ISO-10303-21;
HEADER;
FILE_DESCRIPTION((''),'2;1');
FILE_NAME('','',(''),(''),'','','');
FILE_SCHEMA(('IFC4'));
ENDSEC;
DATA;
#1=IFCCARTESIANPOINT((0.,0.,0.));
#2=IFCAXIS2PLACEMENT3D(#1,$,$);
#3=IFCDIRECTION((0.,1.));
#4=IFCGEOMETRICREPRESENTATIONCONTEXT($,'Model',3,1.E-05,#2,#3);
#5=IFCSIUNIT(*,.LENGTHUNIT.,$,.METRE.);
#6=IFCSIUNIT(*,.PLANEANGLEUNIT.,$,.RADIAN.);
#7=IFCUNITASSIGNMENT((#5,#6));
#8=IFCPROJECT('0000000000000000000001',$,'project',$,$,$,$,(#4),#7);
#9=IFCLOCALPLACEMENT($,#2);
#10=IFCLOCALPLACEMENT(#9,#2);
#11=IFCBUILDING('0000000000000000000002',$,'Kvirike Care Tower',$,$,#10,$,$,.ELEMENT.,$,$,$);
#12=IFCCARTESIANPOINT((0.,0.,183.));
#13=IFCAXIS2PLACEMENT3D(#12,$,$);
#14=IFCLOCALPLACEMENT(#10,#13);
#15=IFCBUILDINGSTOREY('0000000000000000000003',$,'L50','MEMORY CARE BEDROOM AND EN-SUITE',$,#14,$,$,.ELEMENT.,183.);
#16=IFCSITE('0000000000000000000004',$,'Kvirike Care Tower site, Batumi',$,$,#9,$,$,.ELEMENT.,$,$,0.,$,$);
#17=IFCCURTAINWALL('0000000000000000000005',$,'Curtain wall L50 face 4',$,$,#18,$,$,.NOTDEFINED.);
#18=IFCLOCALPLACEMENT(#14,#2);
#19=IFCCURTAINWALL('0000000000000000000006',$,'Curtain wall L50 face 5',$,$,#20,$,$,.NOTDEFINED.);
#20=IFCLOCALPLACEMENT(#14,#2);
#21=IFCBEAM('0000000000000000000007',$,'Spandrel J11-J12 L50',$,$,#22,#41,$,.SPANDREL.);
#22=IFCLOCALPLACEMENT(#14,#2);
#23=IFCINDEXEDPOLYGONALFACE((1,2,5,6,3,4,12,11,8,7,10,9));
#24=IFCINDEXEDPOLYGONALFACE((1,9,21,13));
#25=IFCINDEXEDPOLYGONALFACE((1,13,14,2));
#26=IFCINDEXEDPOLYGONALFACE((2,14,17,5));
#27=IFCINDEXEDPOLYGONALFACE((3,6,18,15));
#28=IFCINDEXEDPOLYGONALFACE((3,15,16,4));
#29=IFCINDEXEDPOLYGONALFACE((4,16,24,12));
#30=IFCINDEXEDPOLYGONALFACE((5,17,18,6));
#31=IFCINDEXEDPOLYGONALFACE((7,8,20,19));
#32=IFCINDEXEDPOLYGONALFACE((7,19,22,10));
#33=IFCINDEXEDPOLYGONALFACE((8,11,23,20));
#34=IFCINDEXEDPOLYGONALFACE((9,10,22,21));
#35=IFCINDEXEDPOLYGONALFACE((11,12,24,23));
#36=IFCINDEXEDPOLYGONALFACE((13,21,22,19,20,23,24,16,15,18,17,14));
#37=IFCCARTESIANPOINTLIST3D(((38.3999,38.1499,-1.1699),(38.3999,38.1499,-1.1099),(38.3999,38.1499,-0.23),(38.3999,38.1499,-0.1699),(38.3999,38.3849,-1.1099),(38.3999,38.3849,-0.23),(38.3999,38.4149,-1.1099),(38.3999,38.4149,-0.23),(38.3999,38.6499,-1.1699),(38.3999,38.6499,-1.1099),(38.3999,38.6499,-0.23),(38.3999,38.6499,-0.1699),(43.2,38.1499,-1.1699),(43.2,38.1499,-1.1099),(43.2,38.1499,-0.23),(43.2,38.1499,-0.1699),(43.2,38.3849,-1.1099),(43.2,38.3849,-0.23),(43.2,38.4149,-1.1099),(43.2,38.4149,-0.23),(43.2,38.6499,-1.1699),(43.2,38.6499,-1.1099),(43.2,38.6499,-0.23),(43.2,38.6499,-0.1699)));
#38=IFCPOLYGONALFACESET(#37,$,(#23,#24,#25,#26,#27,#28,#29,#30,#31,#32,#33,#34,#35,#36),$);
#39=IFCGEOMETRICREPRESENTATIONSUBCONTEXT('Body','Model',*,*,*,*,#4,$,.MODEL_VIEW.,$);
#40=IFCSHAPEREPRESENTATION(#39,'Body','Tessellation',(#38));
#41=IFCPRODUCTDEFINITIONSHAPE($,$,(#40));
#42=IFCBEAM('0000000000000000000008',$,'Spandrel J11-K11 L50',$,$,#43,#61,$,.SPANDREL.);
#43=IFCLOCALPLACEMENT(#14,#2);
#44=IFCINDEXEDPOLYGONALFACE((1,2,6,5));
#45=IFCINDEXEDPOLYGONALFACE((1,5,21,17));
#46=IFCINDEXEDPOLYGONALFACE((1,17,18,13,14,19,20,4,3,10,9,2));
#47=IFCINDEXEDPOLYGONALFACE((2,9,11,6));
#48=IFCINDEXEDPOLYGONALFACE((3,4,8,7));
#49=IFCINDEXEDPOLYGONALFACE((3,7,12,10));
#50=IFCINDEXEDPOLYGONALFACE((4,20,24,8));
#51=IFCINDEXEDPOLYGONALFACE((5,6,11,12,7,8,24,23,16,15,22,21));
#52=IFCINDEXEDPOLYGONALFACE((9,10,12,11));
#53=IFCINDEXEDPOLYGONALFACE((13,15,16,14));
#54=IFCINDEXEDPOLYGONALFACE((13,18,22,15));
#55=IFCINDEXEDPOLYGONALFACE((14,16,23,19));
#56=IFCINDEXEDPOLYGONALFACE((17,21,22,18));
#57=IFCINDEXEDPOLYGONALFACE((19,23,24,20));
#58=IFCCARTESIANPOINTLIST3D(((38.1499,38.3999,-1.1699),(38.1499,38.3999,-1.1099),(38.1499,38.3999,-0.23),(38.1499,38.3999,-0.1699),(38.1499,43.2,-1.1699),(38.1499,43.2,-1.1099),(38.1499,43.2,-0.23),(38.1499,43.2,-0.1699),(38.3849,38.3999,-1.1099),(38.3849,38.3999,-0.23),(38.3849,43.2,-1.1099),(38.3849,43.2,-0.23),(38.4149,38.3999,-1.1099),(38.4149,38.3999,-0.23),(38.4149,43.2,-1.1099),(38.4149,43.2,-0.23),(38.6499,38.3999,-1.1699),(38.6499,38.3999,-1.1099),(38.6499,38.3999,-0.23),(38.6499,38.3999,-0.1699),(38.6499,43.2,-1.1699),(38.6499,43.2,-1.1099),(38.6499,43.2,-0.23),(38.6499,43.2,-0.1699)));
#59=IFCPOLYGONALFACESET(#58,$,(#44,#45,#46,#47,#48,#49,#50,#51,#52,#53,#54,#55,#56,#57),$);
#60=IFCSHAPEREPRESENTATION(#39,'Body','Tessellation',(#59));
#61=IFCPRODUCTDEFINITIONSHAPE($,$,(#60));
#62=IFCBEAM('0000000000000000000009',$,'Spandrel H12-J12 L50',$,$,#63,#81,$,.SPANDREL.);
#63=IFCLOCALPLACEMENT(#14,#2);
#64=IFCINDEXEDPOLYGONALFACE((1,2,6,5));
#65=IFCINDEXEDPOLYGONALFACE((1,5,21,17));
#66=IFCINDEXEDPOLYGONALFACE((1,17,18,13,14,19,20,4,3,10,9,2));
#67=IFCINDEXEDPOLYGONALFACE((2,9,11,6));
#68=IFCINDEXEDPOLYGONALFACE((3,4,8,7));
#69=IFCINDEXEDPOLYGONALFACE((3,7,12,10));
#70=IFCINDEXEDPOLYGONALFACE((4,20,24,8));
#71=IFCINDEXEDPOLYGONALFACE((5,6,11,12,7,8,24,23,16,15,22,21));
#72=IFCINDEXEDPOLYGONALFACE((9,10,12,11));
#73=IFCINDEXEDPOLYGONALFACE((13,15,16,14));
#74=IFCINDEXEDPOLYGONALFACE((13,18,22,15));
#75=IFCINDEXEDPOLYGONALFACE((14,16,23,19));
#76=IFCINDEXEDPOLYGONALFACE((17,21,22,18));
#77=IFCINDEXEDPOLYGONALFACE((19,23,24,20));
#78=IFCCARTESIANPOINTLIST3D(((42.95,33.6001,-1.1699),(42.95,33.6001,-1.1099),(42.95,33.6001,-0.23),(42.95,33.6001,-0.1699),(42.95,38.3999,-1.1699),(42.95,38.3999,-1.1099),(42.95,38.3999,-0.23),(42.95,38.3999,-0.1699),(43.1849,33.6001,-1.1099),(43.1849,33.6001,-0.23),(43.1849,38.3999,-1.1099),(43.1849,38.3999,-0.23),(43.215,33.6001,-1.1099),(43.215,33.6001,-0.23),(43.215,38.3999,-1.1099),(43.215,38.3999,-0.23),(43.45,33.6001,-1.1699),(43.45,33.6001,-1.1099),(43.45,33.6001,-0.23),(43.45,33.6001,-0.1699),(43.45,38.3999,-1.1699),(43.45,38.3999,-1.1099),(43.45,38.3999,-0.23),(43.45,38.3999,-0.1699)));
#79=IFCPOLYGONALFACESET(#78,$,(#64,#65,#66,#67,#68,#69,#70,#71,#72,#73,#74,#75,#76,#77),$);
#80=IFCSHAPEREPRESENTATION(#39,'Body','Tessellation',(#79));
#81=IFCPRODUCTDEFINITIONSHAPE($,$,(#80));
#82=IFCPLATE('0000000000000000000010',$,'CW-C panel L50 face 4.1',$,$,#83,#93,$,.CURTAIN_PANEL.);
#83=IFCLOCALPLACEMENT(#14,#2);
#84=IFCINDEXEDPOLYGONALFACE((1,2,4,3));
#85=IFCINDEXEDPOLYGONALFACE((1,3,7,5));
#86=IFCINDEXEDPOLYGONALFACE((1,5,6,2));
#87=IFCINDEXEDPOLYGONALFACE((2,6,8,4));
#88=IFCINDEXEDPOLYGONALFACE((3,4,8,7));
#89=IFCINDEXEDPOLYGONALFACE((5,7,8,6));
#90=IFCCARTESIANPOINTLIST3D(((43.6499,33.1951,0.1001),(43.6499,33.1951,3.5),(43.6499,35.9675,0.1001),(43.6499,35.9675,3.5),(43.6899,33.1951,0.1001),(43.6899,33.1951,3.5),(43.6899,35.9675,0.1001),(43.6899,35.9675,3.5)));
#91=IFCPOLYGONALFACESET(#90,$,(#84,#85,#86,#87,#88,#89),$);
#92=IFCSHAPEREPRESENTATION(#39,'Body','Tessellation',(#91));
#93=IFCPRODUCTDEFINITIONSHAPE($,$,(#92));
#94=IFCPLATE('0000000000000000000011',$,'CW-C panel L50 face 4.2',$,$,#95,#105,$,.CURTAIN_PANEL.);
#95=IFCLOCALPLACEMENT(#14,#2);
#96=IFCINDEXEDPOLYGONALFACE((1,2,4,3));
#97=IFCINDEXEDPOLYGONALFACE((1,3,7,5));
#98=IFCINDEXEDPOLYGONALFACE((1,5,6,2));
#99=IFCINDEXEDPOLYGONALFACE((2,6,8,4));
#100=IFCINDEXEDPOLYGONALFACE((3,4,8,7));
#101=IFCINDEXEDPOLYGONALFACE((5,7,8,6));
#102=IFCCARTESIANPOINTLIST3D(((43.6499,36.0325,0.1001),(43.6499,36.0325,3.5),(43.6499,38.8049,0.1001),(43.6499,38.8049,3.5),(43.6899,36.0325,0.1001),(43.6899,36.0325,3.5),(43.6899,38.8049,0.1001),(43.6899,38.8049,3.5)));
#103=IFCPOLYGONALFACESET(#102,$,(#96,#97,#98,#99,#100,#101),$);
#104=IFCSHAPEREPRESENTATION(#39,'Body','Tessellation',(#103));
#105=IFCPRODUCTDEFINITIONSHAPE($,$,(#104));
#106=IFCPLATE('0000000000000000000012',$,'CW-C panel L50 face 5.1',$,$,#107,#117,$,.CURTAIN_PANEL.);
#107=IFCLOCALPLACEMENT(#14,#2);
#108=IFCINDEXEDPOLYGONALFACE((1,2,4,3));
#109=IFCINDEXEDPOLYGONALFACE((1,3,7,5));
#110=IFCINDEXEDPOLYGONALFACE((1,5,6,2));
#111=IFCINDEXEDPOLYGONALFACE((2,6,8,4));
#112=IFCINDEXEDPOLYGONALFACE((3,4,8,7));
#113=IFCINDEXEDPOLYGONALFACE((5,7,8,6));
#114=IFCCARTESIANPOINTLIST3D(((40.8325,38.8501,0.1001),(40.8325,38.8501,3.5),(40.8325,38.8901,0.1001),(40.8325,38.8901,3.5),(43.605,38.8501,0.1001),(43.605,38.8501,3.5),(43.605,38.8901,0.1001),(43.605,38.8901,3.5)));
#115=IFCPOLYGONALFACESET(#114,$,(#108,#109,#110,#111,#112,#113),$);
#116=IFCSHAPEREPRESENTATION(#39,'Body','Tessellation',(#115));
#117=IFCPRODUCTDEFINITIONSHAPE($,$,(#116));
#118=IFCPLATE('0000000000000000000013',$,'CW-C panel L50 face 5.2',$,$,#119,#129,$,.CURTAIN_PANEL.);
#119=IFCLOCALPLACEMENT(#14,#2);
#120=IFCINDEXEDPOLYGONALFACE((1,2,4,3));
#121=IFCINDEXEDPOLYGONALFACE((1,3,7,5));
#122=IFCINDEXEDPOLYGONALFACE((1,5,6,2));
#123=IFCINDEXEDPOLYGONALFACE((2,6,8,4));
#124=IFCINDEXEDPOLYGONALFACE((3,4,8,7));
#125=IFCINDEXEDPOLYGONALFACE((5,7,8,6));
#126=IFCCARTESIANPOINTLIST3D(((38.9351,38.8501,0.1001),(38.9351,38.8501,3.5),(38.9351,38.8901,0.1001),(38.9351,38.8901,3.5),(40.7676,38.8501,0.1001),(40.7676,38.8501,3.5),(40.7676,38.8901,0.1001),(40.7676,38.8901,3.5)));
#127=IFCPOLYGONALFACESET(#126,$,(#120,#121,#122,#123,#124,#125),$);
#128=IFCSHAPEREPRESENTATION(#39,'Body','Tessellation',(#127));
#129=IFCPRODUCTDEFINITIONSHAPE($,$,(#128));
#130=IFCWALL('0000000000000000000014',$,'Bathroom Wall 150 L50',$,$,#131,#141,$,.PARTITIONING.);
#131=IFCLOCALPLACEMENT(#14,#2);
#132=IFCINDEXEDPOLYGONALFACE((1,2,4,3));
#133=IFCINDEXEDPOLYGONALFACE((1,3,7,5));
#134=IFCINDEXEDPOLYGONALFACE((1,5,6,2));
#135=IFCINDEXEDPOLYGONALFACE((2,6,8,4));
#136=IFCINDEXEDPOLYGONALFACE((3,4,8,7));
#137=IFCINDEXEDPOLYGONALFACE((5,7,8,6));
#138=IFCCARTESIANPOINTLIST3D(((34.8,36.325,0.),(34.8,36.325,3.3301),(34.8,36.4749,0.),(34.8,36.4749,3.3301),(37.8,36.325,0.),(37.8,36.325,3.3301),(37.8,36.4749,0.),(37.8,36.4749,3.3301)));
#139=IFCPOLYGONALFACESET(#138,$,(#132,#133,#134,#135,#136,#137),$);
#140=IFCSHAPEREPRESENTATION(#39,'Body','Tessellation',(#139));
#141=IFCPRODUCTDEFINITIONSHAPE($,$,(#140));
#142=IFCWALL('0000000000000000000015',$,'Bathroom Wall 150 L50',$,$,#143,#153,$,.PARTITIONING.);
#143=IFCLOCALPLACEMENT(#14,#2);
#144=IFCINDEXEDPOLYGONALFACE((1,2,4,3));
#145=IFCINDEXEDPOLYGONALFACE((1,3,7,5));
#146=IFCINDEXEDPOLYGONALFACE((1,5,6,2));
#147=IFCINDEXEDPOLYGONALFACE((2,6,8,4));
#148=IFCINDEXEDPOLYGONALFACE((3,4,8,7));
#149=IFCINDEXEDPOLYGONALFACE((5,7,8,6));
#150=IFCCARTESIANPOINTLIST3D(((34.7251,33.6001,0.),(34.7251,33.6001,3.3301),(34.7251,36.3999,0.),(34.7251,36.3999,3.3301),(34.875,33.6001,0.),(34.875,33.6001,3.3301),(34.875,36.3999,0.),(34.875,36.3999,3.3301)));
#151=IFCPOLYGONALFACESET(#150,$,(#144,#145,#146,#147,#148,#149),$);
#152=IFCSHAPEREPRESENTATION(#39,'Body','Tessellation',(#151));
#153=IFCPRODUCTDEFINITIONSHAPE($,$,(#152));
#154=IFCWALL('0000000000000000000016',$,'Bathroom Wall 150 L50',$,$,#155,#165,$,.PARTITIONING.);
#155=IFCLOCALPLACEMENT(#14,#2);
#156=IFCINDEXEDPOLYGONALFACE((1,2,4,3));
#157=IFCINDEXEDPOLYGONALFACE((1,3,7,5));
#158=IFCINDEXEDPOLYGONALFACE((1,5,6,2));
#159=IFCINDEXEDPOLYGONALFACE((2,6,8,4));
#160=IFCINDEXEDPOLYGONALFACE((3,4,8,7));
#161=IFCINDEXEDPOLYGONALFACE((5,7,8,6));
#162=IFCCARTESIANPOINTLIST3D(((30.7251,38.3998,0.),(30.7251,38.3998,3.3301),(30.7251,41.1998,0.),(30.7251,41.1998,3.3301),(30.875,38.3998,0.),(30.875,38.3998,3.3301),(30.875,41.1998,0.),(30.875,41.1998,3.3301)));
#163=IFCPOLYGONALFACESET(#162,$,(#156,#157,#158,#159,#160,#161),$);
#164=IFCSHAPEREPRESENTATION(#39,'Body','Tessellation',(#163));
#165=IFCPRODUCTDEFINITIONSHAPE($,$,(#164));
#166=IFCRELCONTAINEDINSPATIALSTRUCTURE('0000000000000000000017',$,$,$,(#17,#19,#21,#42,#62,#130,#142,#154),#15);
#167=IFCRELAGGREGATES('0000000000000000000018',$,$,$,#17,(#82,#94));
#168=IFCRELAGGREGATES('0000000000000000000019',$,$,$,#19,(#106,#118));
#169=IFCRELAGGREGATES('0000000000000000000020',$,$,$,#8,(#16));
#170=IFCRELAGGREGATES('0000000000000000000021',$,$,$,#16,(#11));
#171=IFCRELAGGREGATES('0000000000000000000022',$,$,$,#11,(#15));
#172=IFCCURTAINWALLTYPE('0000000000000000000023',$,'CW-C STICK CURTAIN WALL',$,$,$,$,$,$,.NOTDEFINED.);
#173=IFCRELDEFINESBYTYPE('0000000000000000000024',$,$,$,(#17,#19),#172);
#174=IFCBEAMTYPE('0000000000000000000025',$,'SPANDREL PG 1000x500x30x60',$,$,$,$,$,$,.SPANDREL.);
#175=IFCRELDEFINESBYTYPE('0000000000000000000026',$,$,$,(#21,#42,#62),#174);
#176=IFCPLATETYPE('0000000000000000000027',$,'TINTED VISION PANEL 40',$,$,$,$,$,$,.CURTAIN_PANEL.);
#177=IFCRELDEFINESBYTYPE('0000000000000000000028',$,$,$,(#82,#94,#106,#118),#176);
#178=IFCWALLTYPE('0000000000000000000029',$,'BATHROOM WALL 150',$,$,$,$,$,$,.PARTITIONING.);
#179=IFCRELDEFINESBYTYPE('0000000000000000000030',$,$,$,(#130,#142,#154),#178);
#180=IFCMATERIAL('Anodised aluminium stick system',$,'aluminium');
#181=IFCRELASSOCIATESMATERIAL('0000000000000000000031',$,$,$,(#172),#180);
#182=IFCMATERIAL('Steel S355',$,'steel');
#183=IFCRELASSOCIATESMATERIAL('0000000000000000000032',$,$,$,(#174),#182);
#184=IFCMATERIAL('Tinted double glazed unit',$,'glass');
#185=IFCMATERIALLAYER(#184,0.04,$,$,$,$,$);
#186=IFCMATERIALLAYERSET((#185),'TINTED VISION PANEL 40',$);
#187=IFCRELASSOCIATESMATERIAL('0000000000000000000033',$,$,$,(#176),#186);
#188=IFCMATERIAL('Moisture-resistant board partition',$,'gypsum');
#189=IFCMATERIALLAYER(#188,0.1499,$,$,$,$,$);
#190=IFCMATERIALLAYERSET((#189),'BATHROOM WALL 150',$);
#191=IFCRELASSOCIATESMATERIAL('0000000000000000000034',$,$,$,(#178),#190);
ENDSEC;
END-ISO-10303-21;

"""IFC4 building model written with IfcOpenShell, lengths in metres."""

from ifc_helpers import new_model, si_unit, direction, frame, frame_2d, origin, origin_2d, place, context, subcontext, project, spatial, rectangle, i_section, extrude, material, layer, layer_set, material_profile, profile_set, type_object, element, aggregate, save


model = new_model("IFC4")

# Units and contexts
model_context = context("Model", 3, precision=1e-05, world=origin(), true_north=direction((0.0, 1.0)))
body_context = subcontext(model_context, "Body", "Model", "MODEL_VIEW")
ifc_project = project(units=[si_unit("LENGTHUNIT", "METRE"), si_unit("PLANEANGLEUNIT", "RADIAN")], contexts=[model_context])

# Site, building, storey
site_placement = place(None, origin())
site = spatial("IfcSite", under=ifc_project, at=site_placement, Name="Kvirike Care Tower site, Batumi", CompositionType="ELEMENT", RefElevation=0.0)
building_placement = place(site_placement, origin())
building = spatial("IfcBuilding", under=site, at=building_placement, Name="Kvirike Care Tower", CompositionType="ELEMENT")
storey_placement = place(building_placement, frame((0.0, 0.0, 183.0)))
storey = spatial("IfcBuildingStorey", under=building, at=storey_placement, Name="L50", Description="MEMORY CARE BEDROOM AND EN-SUITE", CompositionType="ELEMENT", Elevation=183.0)

# Curtain walls
ifc_material_1 = material(Name="Anodised aluminium stick system", Category="aluminium")
curtain_wall_type = type_object("IfcCurtainWallType", Name="CW-C STICK CURTAIN WALL", PredefinedType="NOTDEFINED", material=ifc_material_1)
curtain_wall_1_placement = place(storey_placement, origin())
curtain_wall_1 = element("IfcCurtainWall", 1, at=curtain_wall_1_placement, inside=storey, type_object=curtain_wall_type, Name="Curtain wall L50 face 4", PredefinedType="NOTDEFINED")
curtain_wall_2_placement = place(storey_placement, origin())
curtain_wall_2 = element("IfcCurtainWall", 2, at=curtain_wall_2_placement, inside=storey, type_object=curtain_wall_type, Name="Curtain wall L50 face 5", PredefinedType="NOTDEFINED")

# Beams
ifc_material_2 = material(Name="Steel S355", Category="steel")
ifc_material_profile_1 = material_profile(ifc_material_2, i_section(OverallWidth=0.5, OverallDepth=1.0, WebThickness=0.03, FlangeThickness=0.0601, at=origin_2d()), Name="PG 1000x500x30x60")
ifc_profile_set_1 = profile_set([ifc_material_profile_1], Name="Steel S355")
beam_type = type_object("IfcBeamType", Name="SPANDREL PG 1000x500x30x60", PredefinedType="SPANDREL", material=ifc_profile_set_1)
for number, where, z_axis, x_axis, name in (
    (3, (38.3999, 38.3999, -0.6699), (1.0, 0.0, 0.0), (0.0, 1.0, 0.0), "Spandrel J11-J12 L50"),
    (4, (38.3999, 38.3999, -0.6699), (0.0, 1.0, 0.0), (-1.0, 0.0, 0.0), "Spandrel J11-K11 L50"),
):
    element("IfcBeam", number, at=place(storey_placement, frame(where, z_axis=z_axis, x_axis=x_axis)), inside=storey, type_object=beam_type, Name=name, PredefinedType="SPANDREL", context=body_context, shape_type="SweptSolid", body=[
        extrude(i_section(OverallWidth=0.5, OverallDepth=1.0, WebThickness=0.03, FlangeThickness=0.0601, at=origin_2d()), origin(), (0.0, 0.0, 1.0), 4.8),
    ])
beam_placement = place(storey_placement, frame((43.2, 33.6001, -0.6699), z_axis=(0.0, 1.0, 0.0), x_axis=(-1.0, 0.0, 0.0)))
element("IfcBeam", 5, at=beam_placement, inside=storey, type_object=beam_type, Name="Spandrel H12-J12 L50", PredefinedType="SPANDREL", context=body_context, shape_type="SweptSolid", body=[
    extrude(i_section(OverallWidth=0.5, OverallDepth=1.0, WebThickness=0.03, FlangeThickness=0.0601, at=origin_2d()), origin(), (0.0, 0.0, 1.0), 4.7998),
])

# Plates
ifc_material_3 = material(Name="Tinted double glazed unit", Category="glass")
ifc_layer_1 = layer(ifc_material_3, 0.04)
ifc_layer_set_1 = layer_set([ifc_layer_1], Name="TINTED VISION PANEL 40")
plate_type = type_object("IfcPlateType", Name="TINTED VISION PANEL 40", PredefinedType="CURTAIN_PANEL", material=ifc_layer_set_1)
plate_1_placement = place(storey_placement, frame((43.6699, 34.5813, 0.1001), z_axis=(0.0, 0.0, 1.0), x_axis=(0.0, 1.0, 0.0)))
plate_1 = element("IfcPlate", 6, at=plate_1_placement, type_object=plate_type, Name="CW-C panel L50 face 4.1", PredefinedType="CURTAIN_PANEL", context=body_context, shape_type="SweptSolid", body=[
    extrude(rectangle(XDim=2.7725, YDim=0.04, at=origin_2d()), origin(), (0.0, 0.0, 1.0), 3.3999),
])
plate_2_placement = place(storey_placement, frame((43.6699, 37.4187, 0.1001), z_axis=(0.0, 0.0, 1.0), x_axis=(0.0, 1.0, 0.0)))
plate_2 = element("IfcPlate", 7, at=plate_2_placement, type_object=plate_type, Name="CW-C panel L50 face 4.2", PredefinedType="CURTAIN_PANEL", context=body_context, shape_type="SweptSolid", body=[
    extrude(rectangle(XDim=2.7725, YDim=0.04, at=origin_2d()), origin(), (0.0, 0.0, 1.0), 3.3999),
])
aggregate(curtain_wall_1, [plate_1, plate_2])
plate_3_placement = place(storey_placement, frame((42.2188, 38.8701, 0.1001), z_axis=(0.0, 0.0, 1.0), x_axis=(-1.0, 0.0, 0.0)))
plate_3 = element("IfcPlate", 8, at=plate_3_placement, type_object=plate_type, Name="CW-C panel L50 face 5.1", PredefinedType="CURTAIN_PANEL", context=body_context, shape_type="SweptSolid", body=[
    extrude(rectangle(XDim=2.7725, YDim=0.04, at=origin_2d()), origin(), (0.0, 0.0, 1.0), 3.3999),
])
plate_4_placement = place(storey_placement, frame((39.8513, 38.8701, 0.1001), z_axis=(0.0, 0.0, 1.0), x_axis=(-1.0, 0.0, 0.0)))
plate_4 = element("IfcPlate", 9, at=plate_4_placement, type_object=plate_type, Name="CW-C panel L50 face 5.2", PredefinedType="CURTAIN_PANEL", context=body_context, shape_type="SweptSolid", body=[
    extrude(rectangle(XDim=1.8325, YDim=0.04, at=origin_2d()), origin(), (0.0, 0.0, 1.0), 3.3999),
])
aggregate(curtain_wall_2, [plate_3, plate_4])

# Walls
ifc_material_4 = material(Name="Moisture-resistant board partition", Category="gypsum")
ifc_layer_2 = layer(ifc_material_4, 0.1499)
ifc_layer_set_2 = layer_set([ifc_layer_2], Name="BATHROOM WALL 150")
wall_type_1 = type_object("IfcWallType", Name="BATHROOM WALL 150", PredefinedType="PARTITIONING", material=ifc_layer_set_2)
wall_1_placement = place(storey_placement, frame((37.8, 36.3999, 0.0), z_axis=(0.0, 0.0, 1.0), x_axis=(-1.0, 0.0, 0.0)))
element("IfcWall", 10, at=wall_1_placement, inside=storey, type_object=wall_type_1, Name="Bathroom Wall 150 L50", PredefinedType="PARTITIONING", context=body_context, shape_type="SweptSolid", body=[
    extrude(rectangle(XDim=3.0, YDim=0.1499, at=frame_2d((1.5, 0.0))), origin(), (0.0, 0.0, 1.0), 3.3301),
])
wall_2_placement = place(storey_placement, frame((34.8, 33.6001, 0.0), z_axis=(0.0, 0.0, 1.0), x_axis=(0.0, 1.0, 0.0)))
element("IfcWall", 11, at=wall_2_placement, inside=storey, type_object=wall_type_1, Name="Bathroom Wall 150 L50", PredefinedType="PARTITIONING", context=body_context, shape_type="SweptSolid", body=[
    extrude(rectangle(XDim=2.7998, YDim=0.1499, at=frame_2d((1.3999, 0.0))), origin(), (0.0, 0.0, 1.0), 3.3301),
])
wall_3_placement = place(storey_placement, frame((30.8, 38.3999, 0.0), z_axis=(0.0, 0.0, 1.0), x_axis=(0.0, 1.0, 0.0)))
element("IfcWall", 12, at=wall_3_placement, inside=storey, type_object=wall_type_1, Name="Bathroom Wall 150 L50", PredefinedType="PARTITIONING", context=body_context, shape_type="SweptSolid", body=[
    extrude(rectangle(XDim=2.8, YDim=0.1499, at=frame_2d((1.3999, 0.0))), origin(), (0.0, 0.0, 1.0), 3.3301),
])

save(model, "model.ifc")
